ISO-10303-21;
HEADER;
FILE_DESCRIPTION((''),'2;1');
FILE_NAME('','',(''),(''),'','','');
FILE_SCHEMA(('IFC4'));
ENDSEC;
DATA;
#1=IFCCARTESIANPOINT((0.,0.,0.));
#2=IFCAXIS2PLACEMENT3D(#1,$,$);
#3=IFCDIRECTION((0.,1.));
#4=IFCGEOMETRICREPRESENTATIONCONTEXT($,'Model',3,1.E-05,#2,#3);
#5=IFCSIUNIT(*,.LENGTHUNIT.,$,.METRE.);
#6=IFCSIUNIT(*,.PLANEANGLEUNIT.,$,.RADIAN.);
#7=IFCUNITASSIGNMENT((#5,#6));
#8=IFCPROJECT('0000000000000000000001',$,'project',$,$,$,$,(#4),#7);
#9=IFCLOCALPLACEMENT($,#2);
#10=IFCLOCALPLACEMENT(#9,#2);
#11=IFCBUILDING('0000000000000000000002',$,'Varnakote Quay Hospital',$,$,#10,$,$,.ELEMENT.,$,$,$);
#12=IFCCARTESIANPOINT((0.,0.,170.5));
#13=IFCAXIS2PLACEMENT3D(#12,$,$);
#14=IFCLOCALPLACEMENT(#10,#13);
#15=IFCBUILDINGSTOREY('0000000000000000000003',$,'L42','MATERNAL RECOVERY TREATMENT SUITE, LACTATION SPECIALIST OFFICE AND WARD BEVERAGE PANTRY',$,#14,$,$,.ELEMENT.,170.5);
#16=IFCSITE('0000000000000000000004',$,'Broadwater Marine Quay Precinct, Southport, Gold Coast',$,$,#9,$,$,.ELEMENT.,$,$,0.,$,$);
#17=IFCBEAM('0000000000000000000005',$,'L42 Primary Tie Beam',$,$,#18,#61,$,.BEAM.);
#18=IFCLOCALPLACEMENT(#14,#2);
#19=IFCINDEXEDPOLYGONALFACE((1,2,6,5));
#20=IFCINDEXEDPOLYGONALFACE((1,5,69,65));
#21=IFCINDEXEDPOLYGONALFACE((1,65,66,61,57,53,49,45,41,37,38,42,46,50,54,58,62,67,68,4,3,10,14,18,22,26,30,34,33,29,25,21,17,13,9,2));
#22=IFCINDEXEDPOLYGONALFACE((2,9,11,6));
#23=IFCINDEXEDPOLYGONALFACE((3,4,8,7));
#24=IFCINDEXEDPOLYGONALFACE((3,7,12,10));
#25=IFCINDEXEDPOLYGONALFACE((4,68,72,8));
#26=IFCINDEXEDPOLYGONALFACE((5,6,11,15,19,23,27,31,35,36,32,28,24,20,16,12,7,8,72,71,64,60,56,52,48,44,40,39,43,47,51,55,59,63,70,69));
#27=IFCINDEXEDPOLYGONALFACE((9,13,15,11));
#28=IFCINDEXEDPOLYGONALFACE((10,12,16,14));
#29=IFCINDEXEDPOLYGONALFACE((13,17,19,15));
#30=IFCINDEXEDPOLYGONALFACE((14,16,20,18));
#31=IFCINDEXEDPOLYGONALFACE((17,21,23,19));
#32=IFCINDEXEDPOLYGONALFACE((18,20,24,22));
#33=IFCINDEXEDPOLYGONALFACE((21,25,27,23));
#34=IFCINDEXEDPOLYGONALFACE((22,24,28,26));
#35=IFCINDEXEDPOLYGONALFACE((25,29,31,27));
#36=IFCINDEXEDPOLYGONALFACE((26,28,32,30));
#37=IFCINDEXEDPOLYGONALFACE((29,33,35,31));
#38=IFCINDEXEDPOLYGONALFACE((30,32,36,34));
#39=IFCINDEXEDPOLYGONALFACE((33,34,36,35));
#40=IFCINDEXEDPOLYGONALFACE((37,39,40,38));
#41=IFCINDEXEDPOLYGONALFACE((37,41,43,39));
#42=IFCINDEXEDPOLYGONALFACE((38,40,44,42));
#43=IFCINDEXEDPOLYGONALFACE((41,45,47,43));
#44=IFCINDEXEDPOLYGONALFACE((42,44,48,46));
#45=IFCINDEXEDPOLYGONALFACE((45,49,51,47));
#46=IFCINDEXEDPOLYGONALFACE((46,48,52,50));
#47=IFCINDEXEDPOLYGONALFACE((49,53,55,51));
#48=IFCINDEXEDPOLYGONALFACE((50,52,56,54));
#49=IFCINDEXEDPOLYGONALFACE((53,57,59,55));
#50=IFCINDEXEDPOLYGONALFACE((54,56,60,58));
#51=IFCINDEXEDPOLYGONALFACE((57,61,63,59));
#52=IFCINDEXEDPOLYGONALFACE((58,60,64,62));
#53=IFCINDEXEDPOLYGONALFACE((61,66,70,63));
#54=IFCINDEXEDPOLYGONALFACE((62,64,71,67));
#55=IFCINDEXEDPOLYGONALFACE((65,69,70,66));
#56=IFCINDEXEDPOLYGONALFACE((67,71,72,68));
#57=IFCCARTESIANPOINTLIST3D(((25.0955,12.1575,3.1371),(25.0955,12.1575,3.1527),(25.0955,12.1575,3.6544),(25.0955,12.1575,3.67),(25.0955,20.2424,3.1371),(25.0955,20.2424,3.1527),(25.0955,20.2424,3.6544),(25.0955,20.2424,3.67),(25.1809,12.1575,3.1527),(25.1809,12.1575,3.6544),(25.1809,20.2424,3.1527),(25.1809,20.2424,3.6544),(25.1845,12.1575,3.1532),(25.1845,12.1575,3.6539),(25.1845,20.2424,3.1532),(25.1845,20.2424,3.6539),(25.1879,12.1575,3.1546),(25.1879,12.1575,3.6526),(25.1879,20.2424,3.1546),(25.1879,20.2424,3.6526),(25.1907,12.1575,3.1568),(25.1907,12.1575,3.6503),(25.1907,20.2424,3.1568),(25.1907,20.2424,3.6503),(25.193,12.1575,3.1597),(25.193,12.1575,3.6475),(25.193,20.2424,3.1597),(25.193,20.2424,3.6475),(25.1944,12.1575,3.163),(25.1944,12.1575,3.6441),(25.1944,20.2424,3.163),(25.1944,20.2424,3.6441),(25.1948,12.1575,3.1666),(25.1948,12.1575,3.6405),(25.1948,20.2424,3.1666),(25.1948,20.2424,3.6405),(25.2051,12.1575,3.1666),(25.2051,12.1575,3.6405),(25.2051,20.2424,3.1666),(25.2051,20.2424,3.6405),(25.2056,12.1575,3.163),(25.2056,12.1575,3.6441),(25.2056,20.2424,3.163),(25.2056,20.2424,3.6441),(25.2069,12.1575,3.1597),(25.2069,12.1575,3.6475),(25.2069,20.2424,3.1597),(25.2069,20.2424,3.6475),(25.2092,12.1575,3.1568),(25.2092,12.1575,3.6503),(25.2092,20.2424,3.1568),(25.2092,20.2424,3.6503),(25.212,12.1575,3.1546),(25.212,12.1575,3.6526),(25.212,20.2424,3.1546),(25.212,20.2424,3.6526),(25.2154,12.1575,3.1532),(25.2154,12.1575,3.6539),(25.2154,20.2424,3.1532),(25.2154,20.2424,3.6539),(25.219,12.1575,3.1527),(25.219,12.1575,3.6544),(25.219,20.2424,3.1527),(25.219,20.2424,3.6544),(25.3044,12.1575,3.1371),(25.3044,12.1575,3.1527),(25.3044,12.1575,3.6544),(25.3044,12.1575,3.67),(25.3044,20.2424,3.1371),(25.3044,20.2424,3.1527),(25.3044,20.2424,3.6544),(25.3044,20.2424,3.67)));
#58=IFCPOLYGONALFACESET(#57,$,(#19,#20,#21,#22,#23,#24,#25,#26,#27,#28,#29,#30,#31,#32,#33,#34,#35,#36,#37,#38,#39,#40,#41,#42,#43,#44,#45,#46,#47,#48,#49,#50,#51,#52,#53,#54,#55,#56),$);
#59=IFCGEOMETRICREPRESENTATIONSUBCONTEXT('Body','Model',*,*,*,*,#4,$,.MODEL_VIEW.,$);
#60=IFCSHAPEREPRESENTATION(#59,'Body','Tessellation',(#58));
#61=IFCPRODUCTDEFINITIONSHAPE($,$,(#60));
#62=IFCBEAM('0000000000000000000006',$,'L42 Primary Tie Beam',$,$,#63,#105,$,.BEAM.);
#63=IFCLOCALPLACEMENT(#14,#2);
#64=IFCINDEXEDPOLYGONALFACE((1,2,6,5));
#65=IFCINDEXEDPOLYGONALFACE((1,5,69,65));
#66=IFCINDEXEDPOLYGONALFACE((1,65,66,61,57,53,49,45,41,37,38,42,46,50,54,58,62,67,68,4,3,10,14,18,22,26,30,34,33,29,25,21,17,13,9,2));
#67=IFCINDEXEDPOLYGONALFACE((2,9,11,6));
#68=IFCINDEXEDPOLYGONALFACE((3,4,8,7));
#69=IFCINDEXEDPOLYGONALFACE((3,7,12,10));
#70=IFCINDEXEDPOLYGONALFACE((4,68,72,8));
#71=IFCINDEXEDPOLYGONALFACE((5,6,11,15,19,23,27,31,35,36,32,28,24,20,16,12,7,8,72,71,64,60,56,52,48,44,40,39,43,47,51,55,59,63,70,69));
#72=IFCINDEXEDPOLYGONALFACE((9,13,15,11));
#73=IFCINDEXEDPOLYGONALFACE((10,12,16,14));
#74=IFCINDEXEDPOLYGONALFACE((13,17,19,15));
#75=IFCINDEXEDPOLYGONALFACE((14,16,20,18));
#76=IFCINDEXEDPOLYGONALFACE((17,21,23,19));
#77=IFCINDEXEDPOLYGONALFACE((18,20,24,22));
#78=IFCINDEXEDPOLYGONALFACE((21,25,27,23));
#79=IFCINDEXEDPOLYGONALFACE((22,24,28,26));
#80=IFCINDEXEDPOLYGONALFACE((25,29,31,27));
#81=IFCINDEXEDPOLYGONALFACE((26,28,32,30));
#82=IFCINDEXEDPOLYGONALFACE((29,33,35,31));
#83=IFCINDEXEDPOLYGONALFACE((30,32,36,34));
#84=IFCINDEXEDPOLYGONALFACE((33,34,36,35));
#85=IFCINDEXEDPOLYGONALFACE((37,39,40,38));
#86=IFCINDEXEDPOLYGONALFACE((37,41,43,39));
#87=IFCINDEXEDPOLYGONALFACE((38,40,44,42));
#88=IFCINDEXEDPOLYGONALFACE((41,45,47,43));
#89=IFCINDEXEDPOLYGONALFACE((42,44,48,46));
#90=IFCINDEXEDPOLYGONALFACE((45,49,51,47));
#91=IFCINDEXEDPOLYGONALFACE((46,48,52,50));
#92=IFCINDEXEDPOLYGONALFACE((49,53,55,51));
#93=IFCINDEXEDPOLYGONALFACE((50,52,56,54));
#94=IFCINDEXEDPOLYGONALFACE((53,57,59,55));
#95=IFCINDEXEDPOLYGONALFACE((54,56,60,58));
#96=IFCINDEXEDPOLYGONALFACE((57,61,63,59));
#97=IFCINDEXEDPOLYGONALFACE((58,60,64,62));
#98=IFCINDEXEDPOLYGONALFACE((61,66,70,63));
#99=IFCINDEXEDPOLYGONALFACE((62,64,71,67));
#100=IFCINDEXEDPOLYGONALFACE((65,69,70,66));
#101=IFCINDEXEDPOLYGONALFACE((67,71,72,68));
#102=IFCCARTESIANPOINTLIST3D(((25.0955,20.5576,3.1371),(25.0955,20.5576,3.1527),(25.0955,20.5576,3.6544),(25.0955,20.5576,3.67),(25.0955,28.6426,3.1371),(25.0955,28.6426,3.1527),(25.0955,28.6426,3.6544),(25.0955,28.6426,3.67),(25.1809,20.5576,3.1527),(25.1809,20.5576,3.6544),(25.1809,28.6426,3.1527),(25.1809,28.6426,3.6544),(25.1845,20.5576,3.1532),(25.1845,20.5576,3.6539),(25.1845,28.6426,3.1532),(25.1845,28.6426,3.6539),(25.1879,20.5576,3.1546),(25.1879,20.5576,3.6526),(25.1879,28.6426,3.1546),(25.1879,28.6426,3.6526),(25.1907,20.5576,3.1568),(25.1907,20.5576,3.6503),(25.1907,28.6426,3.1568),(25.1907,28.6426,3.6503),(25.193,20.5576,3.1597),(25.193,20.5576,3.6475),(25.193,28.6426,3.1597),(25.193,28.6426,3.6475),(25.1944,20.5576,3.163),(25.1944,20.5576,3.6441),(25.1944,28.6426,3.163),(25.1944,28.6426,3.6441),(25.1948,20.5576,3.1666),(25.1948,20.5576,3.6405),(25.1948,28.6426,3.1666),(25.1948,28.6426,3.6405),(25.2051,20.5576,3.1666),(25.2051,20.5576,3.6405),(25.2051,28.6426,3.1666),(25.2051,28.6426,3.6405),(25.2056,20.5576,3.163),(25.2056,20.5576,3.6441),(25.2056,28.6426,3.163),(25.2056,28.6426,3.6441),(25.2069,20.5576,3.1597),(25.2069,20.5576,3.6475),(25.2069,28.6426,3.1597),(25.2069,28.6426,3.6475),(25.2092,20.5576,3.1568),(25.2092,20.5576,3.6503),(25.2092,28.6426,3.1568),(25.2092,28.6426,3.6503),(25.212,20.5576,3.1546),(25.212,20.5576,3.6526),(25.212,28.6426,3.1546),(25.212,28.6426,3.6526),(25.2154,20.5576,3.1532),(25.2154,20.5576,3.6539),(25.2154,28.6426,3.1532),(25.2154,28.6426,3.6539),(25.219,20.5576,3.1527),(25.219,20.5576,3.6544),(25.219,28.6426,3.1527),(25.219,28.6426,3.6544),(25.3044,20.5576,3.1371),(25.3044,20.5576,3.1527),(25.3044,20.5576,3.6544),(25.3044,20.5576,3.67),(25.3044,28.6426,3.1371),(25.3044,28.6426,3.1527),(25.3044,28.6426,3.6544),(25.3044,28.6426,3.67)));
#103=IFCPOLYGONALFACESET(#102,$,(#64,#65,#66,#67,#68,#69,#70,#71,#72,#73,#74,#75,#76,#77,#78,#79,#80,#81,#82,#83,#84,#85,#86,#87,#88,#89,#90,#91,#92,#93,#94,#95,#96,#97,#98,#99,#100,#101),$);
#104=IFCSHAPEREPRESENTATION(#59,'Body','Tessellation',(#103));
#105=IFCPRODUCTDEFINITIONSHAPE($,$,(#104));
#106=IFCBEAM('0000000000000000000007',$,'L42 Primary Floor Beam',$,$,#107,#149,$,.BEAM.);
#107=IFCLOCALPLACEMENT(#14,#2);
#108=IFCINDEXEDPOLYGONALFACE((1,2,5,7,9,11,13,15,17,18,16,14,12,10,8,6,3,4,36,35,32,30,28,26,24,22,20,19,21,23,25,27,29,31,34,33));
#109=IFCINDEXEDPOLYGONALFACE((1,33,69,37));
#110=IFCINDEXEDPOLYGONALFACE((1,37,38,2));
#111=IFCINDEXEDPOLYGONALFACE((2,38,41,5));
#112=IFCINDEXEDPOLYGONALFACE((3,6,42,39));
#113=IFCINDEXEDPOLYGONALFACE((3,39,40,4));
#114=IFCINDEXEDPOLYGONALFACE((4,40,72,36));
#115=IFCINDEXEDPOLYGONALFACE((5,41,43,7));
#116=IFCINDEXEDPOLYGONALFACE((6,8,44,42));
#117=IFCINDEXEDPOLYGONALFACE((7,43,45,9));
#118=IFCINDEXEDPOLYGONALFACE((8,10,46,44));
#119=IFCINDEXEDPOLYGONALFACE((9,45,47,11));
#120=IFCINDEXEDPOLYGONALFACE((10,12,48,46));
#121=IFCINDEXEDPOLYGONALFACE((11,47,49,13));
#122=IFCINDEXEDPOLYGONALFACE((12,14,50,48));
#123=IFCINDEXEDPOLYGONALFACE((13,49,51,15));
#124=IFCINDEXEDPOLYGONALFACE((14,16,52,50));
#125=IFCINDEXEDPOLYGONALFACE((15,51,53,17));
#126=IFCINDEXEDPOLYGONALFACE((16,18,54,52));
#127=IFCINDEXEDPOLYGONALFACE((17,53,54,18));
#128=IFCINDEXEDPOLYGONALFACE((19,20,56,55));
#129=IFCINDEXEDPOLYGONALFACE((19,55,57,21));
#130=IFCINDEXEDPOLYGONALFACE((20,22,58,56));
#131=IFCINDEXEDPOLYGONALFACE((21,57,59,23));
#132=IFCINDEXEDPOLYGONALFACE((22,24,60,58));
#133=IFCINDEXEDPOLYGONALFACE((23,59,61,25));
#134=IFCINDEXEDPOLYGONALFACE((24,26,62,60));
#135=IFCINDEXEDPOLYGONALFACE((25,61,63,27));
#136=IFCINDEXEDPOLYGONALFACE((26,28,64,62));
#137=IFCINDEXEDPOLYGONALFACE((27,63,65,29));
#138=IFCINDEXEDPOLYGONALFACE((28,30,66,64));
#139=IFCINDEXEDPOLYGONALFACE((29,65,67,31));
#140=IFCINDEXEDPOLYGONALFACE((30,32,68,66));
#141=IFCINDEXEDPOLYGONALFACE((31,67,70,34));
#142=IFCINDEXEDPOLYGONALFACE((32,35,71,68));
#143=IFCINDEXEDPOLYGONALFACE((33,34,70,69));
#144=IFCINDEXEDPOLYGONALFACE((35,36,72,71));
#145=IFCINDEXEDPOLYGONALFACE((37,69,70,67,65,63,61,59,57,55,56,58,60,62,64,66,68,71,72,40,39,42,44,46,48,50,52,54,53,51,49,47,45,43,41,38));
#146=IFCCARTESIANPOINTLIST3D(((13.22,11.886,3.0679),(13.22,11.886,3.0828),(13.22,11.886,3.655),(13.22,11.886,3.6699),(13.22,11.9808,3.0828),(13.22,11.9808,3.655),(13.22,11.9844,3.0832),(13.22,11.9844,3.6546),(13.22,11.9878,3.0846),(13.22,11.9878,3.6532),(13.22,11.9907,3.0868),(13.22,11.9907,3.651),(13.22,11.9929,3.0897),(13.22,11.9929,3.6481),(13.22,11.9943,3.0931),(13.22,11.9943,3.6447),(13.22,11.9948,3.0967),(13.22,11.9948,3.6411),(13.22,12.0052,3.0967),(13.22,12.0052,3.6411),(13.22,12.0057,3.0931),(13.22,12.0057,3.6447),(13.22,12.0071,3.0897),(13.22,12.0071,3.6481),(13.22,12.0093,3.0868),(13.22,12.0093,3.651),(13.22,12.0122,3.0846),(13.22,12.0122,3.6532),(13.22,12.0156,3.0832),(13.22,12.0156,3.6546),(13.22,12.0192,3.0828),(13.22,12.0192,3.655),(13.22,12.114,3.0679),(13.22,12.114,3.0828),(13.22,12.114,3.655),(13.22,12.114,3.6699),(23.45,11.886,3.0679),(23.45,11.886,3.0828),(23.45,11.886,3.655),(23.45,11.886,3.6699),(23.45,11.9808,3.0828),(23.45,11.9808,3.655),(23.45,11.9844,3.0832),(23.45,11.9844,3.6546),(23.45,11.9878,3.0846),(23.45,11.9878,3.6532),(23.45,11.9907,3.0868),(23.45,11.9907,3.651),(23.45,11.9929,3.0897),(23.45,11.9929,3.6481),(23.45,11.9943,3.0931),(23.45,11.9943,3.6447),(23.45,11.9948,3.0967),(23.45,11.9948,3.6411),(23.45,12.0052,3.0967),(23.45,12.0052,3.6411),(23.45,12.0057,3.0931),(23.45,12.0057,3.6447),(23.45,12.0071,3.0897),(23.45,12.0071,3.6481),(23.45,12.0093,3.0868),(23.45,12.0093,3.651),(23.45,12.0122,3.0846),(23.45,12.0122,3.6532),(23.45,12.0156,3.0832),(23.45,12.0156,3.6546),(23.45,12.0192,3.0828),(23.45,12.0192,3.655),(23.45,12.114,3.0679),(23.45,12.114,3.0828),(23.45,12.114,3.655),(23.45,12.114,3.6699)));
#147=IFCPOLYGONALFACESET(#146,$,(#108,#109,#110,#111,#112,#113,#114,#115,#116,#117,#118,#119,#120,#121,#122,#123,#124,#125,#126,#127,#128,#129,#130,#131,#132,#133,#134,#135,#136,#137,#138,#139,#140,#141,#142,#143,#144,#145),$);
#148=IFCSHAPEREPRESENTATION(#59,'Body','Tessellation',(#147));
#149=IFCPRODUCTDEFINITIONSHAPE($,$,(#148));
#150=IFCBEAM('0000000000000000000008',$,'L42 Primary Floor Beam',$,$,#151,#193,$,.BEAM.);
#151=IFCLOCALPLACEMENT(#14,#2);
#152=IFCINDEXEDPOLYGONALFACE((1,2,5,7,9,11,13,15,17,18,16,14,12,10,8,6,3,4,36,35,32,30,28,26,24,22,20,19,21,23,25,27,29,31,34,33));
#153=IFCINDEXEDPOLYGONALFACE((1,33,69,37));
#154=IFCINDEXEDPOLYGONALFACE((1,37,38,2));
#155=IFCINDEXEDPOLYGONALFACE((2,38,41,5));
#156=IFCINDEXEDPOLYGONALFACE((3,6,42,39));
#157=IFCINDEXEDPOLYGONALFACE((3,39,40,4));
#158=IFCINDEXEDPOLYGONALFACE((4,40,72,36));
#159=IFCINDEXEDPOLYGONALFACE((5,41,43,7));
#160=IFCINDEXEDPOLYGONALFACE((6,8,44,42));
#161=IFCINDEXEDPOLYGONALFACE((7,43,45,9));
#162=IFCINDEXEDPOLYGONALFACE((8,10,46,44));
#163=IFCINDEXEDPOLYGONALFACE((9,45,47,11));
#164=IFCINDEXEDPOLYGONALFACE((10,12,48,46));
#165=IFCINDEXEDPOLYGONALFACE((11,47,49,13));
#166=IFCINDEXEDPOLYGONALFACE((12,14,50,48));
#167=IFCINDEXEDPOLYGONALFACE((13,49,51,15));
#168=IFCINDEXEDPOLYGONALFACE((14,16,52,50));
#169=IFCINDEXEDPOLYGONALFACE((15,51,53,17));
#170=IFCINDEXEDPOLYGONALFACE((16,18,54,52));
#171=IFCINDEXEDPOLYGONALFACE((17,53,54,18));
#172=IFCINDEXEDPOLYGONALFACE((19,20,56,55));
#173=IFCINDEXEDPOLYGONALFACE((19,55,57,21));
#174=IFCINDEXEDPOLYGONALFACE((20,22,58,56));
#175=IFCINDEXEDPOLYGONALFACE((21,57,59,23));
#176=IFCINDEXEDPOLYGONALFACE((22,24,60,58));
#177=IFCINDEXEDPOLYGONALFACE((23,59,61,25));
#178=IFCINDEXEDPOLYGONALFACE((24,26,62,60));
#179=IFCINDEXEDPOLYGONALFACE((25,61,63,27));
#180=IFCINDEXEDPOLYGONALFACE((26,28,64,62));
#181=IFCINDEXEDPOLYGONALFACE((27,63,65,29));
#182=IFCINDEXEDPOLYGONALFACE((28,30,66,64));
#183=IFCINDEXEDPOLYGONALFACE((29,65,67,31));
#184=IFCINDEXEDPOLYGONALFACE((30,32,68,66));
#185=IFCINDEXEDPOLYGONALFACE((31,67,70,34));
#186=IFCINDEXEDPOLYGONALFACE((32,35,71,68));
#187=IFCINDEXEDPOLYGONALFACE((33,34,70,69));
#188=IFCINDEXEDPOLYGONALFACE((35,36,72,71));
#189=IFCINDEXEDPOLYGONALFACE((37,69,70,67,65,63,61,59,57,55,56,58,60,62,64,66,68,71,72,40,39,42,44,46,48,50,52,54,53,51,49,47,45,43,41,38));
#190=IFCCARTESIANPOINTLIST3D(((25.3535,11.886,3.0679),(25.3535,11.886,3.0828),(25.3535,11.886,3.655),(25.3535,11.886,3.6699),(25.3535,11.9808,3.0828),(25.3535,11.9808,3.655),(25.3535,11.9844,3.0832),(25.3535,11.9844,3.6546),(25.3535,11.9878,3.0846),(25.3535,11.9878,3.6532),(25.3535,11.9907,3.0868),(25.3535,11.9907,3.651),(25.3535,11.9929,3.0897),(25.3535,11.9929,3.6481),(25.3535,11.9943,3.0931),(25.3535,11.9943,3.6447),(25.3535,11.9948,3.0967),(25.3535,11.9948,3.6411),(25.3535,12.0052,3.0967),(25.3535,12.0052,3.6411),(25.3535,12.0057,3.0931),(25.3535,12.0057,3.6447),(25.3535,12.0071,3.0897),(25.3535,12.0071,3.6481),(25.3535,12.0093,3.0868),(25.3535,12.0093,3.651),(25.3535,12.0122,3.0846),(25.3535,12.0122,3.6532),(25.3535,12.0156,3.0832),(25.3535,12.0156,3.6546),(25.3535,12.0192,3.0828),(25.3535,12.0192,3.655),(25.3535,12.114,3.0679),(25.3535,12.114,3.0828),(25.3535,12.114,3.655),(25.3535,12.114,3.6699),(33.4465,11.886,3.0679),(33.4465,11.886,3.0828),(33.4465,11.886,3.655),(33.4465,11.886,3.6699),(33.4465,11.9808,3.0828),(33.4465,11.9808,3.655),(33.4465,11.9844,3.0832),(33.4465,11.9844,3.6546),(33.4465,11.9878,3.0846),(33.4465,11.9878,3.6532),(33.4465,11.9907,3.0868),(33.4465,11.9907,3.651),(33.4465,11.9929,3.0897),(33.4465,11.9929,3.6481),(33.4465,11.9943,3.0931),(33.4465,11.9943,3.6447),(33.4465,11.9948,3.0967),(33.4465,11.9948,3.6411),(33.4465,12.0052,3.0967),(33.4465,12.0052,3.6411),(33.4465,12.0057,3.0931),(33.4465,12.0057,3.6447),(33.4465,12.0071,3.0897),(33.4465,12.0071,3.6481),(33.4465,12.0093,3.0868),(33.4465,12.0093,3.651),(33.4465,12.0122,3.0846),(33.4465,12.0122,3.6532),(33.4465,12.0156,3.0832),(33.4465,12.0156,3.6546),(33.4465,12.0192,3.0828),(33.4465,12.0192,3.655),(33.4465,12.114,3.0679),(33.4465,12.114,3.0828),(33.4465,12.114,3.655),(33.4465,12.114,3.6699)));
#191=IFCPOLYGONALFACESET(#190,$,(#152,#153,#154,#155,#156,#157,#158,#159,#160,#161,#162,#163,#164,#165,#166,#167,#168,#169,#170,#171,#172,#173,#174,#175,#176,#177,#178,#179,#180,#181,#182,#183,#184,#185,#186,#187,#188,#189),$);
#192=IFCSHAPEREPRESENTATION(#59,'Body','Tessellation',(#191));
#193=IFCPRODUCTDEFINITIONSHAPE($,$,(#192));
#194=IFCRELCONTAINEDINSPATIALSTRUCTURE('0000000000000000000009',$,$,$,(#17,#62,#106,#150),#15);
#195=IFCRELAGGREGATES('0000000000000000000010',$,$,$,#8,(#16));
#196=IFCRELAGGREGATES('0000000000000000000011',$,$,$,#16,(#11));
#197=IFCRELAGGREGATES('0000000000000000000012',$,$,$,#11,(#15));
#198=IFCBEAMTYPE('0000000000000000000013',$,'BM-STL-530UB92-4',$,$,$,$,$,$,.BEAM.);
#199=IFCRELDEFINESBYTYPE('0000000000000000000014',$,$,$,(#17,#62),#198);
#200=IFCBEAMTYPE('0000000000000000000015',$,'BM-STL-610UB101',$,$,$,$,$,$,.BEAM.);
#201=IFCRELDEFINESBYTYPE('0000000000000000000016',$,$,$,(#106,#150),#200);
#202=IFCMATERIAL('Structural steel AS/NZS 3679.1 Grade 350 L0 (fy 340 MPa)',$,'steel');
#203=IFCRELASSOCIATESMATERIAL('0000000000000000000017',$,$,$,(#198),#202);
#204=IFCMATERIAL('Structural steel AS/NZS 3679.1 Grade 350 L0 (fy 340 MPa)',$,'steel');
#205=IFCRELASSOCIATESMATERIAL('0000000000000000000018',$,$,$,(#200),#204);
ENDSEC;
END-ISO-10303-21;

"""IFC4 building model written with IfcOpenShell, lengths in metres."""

from ifc_helpers import new_model, si_unit, direction, frame, origin, origin_2d, place, context, subcontext, project, spatial, i_section, extrude, material, material_profile, profile_set, type_object, element, save


model = new_model("IFC4")

# Units and contexts
model_context = context("Model", 3, precision=1e-05, world=origin(), true_north=direction((0.0, 1.0)))
body_context = subcontext(model_context, "Body", "Model", "MODEL_VIEW")
ifc_project = project(units=[si_unit("LENGTHUNIT", "METRE"), si_unit("PLANEANGLEUNIT", "RADIAN")], contexts=[model_context])

# Site, building, storey
site_placement = place(None, origin())
site = spatial("IfcSite", under=ifc_project, at=site_placement, Name="Broadwater Marine Quay Precinct, Southport, Gold Coast", CompositionType="ELEMENT", RefElevation=0.0)
building_placement = place(site_placement, origin())
building = spatial("IfcBuilding", under=site, at=building_placement, Name="Varnakote Quay Hospital", CompositionType="ELEMENT")
storey_placement = place(building_placement, frame((0.0, 0.0, 170.5)))
storey = spatial("IfcBuildingStorey", under=building, at=storey_placement, Name="L42", Description="MATERNAL RECOVERY TREATMENT SUITE, LACTATION SPECIALIST OFFICE AND WARD BEVERAGE PANTRY", CompositionType="ELEMENT", Elevation=170.5)

# Beams
ifc_material_1 = material(Name="Structural steel AS/NZS 3679.1 Grade 350 L0 (fy 340 MPa)", Category="steel")
ifc_material_profile_1 = material_profile(ifc_material_1, i_section(OverallWidth=0.209, OverallDepth=0.533, WebThickness=0.0103, FlangeThickness=0.0156, FilletRadius=0.0139, at=origin_2d()), Name="530UB92.4")
ifc_profile_set_1 = profile_set([ifc_material_profile_1], Name="Structural steel AS/NZS 3679.1 Grade 350 L0 (fy 340 MPa)")
beam_type_1 = type_object("IfcBeamType", Name="BM-STL-530UB92-4", PredefinedType="BEAM", material=ifc_profile_set_1)
for number, where, z_axis, x_axis, name in (
    (1, (25.2, 12.1575, 3.4036), (0.0, 1.0, 0.0), (-1.0, 0.0, 0.0), "L42 Primary Tie Beam"),
    (2, (25.2, 20.5576, 3.4036), (0.0, 1.0, 0.0), (-1.0, 0.0, 0.0), "L42 Primary Tie Beam"),
):
    element("IfcBeam", number, at=place(storey_placement, frame(where, z_axis=z_axis, x_axis=x_axis)), inside=storey, type_object=beam_type_1, Name=name, PredefinedType="BEAM", context=body_context, shape_type="SweptSolid", body=[
        extrude(i_section(OverallWidth=0.209, OverallDepth=0.533, WebThickness=0.0103, FlangeThickness=0.0156, FilletRadius=0.0139, at=origin_2d()), origin(), (0.0, 0.0, 1.0), 8.085),
    ])
ifc_material_2 = material(Name="Structural steel AS/NZS 3679.1 Grade 350 L0 (fy 340 MPa)", Category="steel")
ifc_material_profile_2 = material_profile(ifc_material_2, i_section(OverallWidth=0.228, OverallDepth=0.6021, WebThickness=0.0105, FlangeThickness=0.0149, FilletRadius=0.0139, at=origin_2d()), Name="610UB101")
ifc_profile_set_2 = profile_set([ifc_material_profile_2], Name="Structural steel AS/NZS 3679.1 Grade 350 L0 (fy 340 MPa)")
beam_type_2 = type_object("IfcBeamType", Name="BM-STL-610UB101", PredefinedType="BEAM", material=ifc_profile_set_2)
beam_1_placement = place(storey_placement, frame((13.22, 12.0, 3.3689), z_axis=(1.0, 0.0, 0.0), x_axis=(0.0, 1.0, 0.0)))
element("IfcBeam", 3, at=beam_1_placement, inside=storey, type_object=beam_type_2, Name="L42 Primary Floor Beam", PredefinedType="BEAM", context=body_context, shape_type="SweptSolid", body=[
    extrude(i_section(OverallWidth=0.228, OverallDepth=0.6021, WebThickness=0.0105, FlangeThickness=0.0149, FilletRadius=0.0139, at=origin_2d()), origin(), (0.0, 0.0, 1.0), 10.23),
])
beam_2_placement = place(storey_placement, frame((25.3535, 12.0, 3.3689), z_axis=(1.0, 0.0, 0.0), x_axis=(0.0, 1.0, 0.0)))
element("IfcBeam", 4, at=beam_2_placement, inside=storey, type_object=beam_type_2, Name="L42 Primary Floor Beam", PredefinedType="BEAM", context=body_context, shape_type="SweptSolid", body=[
    extrude(i_section(OverallWidth=0.228, OverallDepth=0.6021, WebThickness=0.0105, FlangeThickness=0.0149, FilletRadius=0.0139, at=origin_2d()), origin(), (0.0, 0.0, 1.0), 8.093),
])

save(model, "model.ifc")
